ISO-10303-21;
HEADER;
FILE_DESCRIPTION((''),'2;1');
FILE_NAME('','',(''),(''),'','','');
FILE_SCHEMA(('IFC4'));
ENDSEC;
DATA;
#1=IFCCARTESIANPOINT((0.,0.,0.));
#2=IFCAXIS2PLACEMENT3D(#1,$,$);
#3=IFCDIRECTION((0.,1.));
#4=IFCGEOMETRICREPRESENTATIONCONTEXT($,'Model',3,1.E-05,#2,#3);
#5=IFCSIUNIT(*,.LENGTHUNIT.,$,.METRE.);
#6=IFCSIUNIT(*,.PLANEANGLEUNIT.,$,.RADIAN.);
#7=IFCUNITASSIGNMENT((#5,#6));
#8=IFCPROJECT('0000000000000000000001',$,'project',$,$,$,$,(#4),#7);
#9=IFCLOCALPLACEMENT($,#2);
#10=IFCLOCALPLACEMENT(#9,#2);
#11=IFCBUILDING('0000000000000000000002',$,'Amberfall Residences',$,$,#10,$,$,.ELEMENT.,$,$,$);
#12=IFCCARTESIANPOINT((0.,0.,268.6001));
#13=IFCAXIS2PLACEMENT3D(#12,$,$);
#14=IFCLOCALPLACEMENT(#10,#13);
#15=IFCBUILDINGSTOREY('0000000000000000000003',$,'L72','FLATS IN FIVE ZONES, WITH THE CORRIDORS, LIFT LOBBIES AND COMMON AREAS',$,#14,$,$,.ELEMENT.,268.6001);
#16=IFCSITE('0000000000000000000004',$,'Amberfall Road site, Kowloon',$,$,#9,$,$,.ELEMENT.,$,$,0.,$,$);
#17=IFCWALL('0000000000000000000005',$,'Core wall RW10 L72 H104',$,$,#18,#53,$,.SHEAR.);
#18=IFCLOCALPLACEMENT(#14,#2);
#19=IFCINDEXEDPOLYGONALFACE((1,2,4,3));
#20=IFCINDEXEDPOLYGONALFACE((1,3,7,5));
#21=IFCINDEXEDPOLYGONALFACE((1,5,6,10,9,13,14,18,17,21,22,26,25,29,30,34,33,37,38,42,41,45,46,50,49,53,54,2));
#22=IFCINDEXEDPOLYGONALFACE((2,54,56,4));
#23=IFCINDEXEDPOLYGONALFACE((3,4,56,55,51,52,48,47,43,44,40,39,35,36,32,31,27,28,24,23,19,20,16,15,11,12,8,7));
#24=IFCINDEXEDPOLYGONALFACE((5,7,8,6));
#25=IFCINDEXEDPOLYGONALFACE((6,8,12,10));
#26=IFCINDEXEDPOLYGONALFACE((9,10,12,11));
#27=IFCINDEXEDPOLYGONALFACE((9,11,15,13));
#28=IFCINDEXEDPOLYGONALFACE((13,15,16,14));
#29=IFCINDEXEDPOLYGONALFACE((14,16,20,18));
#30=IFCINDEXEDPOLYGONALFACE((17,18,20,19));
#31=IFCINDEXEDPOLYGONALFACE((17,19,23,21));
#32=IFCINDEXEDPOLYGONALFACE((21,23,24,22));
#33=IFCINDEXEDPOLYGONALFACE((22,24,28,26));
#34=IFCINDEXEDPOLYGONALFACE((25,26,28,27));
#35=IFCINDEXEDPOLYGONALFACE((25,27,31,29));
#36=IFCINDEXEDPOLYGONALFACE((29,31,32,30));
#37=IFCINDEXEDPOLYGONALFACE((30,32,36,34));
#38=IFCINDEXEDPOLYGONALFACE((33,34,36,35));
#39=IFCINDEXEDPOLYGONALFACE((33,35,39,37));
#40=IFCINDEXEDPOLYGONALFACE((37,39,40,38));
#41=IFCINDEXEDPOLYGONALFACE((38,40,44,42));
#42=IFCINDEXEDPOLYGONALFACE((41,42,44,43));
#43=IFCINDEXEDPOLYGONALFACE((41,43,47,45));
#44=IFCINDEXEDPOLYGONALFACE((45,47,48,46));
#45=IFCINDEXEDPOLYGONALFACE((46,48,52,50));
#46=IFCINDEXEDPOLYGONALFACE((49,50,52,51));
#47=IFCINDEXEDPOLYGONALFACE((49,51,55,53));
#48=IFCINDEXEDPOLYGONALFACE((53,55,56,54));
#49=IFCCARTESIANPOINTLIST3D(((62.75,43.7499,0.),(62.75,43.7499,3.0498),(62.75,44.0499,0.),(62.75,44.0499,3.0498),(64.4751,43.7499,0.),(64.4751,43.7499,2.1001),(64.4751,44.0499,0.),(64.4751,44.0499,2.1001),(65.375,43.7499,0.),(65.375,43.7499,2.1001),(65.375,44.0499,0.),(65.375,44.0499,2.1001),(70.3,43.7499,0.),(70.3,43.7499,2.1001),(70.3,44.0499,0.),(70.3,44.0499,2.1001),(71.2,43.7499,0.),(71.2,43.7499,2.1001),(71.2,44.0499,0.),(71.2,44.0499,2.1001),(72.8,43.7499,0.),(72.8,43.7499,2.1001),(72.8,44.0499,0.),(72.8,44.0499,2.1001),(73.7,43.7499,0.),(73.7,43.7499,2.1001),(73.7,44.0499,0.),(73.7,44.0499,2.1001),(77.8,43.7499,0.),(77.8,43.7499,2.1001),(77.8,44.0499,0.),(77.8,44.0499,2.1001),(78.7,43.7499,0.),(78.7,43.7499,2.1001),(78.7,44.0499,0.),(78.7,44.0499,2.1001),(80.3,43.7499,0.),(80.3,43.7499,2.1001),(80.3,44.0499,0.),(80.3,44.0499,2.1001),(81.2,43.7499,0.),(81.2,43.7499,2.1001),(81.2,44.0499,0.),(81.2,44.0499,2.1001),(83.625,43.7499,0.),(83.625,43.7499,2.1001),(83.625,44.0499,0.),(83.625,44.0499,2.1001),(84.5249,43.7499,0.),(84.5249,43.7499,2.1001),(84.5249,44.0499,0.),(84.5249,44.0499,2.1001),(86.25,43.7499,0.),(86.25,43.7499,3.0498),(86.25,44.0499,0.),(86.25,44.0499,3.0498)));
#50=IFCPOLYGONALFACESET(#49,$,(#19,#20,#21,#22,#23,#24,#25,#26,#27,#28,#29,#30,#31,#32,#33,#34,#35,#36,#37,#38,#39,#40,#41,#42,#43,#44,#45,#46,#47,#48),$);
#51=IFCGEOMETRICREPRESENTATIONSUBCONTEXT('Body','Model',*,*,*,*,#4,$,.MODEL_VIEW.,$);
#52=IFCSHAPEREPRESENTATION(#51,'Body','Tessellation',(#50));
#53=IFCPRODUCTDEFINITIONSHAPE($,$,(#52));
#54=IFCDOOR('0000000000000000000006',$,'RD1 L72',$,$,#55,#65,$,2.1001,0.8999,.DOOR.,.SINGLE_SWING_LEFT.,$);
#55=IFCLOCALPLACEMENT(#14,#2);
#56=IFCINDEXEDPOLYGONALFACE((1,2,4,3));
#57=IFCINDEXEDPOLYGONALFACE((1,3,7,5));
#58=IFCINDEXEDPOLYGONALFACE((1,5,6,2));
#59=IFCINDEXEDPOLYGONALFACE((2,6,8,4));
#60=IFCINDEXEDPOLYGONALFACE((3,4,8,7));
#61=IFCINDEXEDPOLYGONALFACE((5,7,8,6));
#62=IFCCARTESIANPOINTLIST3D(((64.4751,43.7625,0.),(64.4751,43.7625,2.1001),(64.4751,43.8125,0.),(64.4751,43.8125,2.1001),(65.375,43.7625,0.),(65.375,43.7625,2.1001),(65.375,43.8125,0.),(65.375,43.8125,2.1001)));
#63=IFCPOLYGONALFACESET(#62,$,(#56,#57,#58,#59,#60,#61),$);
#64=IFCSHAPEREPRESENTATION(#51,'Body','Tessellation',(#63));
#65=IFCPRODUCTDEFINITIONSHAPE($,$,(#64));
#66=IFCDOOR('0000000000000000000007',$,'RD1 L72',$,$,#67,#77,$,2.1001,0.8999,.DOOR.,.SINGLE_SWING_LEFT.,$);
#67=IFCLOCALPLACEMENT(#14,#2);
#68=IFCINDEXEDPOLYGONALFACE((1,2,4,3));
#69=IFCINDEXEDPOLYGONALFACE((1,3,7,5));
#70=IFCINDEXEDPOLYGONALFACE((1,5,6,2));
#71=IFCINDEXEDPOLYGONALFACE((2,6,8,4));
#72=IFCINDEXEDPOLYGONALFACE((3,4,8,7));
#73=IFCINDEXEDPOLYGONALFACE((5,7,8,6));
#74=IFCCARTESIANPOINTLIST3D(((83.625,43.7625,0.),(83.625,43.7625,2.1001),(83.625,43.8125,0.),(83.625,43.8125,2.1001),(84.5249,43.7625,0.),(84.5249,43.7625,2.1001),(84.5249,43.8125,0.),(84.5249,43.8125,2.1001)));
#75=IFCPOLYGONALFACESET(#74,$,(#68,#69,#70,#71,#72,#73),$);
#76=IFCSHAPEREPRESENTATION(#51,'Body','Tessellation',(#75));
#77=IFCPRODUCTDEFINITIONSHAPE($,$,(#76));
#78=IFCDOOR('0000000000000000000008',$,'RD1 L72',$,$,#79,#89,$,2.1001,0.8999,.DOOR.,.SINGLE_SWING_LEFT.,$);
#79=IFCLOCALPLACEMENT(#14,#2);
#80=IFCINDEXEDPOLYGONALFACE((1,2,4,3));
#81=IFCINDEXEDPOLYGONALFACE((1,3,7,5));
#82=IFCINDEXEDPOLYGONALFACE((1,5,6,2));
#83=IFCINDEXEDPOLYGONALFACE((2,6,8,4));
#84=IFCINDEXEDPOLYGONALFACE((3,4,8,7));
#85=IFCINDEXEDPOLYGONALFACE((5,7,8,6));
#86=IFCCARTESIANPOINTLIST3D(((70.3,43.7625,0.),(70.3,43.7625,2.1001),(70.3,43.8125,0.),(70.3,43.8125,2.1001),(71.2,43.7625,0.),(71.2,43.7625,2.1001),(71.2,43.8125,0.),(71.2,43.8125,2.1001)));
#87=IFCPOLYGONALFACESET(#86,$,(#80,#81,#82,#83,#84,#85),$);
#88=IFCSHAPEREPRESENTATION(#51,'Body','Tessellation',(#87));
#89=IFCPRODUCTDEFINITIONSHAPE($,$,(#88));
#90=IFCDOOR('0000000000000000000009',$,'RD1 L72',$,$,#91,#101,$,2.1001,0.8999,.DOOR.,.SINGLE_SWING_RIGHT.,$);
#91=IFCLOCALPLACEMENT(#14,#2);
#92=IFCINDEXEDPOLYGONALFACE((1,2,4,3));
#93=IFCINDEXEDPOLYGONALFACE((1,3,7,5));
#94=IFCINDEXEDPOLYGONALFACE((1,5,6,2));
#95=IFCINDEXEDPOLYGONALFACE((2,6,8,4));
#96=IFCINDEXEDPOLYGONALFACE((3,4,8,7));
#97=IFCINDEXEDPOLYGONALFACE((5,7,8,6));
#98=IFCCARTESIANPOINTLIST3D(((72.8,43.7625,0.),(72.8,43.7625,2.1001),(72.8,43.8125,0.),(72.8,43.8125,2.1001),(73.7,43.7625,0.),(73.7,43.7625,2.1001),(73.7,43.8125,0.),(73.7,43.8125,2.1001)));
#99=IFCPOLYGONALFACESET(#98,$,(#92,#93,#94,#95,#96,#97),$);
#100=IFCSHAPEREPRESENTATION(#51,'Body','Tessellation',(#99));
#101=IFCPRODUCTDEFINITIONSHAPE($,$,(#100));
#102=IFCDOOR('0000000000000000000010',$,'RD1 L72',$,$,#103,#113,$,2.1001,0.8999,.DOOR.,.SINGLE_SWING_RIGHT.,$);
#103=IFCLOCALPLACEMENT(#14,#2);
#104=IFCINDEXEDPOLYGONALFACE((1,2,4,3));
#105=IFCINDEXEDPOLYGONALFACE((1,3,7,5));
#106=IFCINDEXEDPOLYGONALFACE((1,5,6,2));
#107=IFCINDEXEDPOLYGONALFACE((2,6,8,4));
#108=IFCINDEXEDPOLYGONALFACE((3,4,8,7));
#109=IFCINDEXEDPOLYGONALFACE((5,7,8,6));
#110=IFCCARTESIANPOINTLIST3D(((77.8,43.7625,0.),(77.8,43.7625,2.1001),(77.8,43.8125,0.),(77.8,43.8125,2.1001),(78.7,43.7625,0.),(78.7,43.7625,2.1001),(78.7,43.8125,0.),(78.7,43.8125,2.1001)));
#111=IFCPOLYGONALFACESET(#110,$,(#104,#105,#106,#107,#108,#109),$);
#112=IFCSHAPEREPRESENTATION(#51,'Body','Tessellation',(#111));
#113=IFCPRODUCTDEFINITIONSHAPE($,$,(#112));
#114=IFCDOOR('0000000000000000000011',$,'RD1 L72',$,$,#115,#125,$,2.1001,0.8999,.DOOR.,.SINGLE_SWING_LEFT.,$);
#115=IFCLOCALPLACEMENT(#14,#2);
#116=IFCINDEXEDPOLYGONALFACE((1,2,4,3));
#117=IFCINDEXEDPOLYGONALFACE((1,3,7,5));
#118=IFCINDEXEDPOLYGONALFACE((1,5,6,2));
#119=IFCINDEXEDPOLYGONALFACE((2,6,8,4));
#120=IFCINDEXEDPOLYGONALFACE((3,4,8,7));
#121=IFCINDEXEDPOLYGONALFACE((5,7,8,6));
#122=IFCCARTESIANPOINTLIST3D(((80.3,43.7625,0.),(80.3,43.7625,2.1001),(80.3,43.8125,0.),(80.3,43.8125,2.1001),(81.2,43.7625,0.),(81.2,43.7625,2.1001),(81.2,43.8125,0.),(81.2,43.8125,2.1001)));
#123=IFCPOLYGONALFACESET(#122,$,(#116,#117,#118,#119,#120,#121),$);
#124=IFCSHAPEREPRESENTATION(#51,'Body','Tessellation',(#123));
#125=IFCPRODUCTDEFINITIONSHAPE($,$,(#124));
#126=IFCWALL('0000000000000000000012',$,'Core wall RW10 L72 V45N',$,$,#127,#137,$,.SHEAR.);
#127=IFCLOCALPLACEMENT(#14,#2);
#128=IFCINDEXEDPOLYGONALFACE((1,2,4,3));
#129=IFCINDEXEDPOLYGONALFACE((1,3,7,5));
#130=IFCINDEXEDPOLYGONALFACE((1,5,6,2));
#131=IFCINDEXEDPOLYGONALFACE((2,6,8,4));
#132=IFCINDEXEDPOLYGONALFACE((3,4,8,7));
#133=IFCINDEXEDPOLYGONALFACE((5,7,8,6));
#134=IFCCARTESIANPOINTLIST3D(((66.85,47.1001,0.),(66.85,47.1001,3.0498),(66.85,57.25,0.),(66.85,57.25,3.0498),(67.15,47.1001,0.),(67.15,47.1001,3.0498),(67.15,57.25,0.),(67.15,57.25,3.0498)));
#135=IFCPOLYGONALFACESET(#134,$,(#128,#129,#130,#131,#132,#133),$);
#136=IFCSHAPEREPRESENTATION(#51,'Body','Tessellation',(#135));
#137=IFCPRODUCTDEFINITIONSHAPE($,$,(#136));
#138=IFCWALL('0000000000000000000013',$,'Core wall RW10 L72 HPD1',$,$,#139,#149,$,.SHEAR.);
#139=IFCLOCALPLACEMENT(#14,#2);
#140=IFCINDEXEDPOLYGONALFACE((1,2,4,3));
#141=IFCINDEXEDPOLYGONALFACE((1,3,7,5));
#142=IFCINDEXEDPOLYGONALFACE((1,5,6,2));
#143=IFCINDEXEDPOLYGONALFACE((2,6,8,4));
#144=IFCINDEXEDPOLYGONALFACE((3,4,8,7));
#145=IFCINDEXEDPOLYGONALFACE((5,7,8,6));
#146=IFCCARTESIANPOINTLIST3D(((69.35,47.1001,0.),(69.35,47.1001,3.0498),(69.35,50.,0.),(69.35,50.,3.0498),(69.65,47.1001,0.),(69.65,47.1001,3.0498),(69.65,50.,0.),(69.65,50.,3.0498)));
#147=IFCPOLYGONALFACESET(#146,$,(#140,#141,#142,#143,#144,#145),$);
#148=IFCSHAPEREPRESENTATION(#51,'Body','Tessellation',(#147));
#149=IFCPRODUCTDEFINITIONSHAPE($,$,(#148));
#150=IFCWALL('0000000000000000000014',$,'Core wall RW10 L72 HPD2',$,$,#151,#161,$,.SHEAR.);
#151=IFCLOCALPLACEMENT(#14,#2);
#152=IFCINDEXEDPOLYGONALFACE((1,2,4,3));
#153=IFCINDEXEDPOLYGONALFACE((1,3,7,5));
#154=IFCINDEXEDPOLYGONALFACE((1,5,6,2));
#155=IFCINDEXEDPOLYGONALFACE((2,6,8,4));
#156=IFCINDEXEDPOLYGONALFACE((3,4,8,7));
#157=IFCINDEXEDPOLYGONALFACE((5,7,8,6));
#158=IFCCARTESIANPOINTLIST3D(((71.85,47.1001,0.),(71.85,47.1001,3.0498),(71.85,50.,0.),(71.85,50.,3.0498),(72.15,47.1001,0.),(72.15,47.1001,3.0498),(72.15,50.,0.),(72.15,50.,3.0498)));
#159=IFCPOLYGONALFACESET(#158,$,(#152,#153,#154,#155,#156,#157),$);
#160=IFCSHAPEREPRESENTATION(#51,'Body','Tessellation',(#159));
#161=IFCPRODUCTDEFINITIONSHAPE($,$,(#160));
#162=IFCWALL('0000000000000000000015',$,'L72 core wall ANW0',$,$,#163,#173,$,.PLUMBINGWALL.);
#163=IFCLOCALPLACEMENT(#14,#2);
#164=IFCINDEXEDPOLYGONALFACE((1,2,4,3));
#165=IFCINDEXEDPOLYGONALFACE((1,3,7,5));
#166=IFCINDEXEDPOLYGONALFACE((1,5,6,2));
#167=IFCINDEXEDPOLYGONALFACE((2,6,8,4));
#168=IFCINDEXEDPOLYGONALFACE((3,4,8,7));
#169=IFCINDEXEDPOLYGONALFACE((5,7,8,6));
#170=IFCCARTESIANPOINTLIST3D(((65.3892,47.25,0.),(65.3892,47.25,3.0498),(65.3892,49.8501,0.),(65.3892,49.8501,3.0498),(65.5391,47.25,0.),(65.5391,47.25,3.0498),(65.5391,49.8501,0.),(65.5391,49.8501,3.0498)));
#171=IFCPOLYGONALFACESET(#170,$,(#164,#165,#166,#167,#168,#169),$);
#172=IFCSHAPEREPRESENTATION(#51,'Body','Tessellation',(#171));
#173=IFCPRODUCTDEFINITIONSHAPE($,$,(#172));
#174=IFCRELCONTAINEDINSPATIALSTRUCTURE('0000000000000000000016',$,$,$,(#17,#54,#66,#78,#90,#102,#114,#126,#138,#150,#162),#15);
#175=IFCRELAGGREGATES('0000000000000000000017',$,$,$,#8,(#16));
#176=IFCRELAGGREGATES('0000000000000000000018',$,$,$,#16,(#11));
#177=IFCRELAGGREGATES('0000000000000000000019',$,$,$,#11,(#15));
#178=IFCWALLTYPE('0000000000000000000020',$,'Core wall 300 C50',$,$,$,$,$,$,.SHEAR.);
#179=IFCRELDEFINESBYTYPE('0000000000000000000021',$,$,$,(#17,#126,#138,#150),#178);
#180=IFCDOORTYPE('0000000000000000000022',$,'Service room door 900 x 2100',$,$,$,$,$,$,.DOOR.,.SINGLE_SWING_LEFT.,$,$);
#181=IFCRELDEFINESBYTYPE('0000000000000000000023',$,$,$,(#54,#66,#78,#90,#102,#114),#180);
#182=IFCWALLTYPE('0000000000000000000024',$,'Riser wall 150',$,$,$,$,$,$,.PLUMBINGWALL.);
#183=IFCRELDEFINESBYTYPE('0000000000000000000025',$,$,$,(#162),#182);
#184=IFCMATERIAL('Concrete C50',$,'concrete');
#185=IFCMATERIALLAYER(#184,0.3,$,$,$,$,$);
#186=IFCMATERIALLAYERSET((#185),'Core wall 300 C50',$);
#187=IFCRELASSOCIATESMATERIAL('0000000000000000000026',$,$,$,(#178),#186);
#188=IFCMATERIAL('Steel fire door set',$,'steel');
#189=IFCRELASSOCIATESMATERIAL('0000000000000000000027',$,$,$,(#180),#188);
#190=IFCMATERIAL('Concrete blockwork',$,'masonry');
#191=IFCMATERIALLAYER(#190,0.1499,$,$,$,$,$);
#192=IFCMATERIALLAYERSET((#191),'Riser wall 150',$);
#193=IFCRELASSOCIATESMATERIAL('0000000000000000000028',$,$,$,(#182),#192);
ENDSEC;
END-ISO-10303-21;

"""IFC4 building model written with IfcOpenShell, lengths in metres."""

from ifc_helpers import new_model, si_unit, direction, frame, frame_2d, origin, place, context, subcontext, project, spatial, rectangle, extrude, material, layer, layer_set, type_object, element, fill, save


model = new_model("IFC4")

# Units and contexts
model_context = context("Model", 3, precision=1e-05, world=origin(), true_north=direction((0.0, 1.0)))
body_context = subcontext(model_context, "Body", "Model", "MODEL_VIEW")
ifc_project = project(units=[si_unit("LENGTHUNIT", "METRE"), si_unit("PLANEANGLEUNIT", "RADIAN")], contexts=[model_context])

# Site, building, storey
site_placement = place(None, origin())
site = spatial("IfcSite", under=ifc_project, at=site_placement, Name="Amberfall Road site, Kowloon", CompositionType="ELEMENT", RefElevation=0.0)
building_placement = place(site_placement, origin())
building = spatial("IfcBuilding", under=site, at=building_placement, Name="Amberfall Residences", CompositionType="ELEMENT")
storey_placement = place(building_placement, frame((0.0, 0.0, 268.6001)))
storey = spatial("IfcBuildingStorey", under=building, at=storey_placement, Name="L72", Description="FLATS IN FIVE ZONES, WITH THE CORRIDORS, LIFT LOBBIES AND COMMON AREAS", CompositionType="ELEMENT", Elevation=268.6001)

# Wall, openings, doors
ifc_material_1 = material(Name="Concrete C50", Category="concrete")
ifc_layer_1 = layer(ifc_material_1, 0.3)
ifc_layer_set_1 = layer_set([ifc_layer_1], Name="Core wall 300 C50")
wall_type_1 = type_object("IfcWallType", Name="Core wall 300 C50", PredefinedType="SHEAR", material=ifc_layer_set_1)
wall_1_placement = place(storey_placement, frame((62.75, 43.8999, 0.0), z_axis=(0.0, 0.0, 1.0), x_axis=(1.0, 0.0, 0.0)))
wall_1 = element("IfcWall", 1, at=wall_1_placement, inside=storey, type_object=wall_type_1, Name="Core wall RW10 L72 H104", PredefinedType="SHEAR", context=body_context, shape_type="SweptSolid", body=[
    extrude(rectangle(XDim=23.5, YDim=0.3, at=frame_2d((11.75, 0.0))), origin(), (0.0, 0.0, 1.0), 3.0498),
])
opening_1_placement = place(wall_1_placement, frame((1.7251, 0.0, 0.0)))
opening_1 = element("IfcOpeningElement", 2, at=opening_1_placement, cuts=wall_1, PredefinedType="OPENING", context=body_context, shape_type="SweptSolid", body=[
    extrude(rectangle(XDim=0.8999, YDim=2.1001, at=frame_2d((0.45, 1.05))), frame((0.0, 0.1599, 0.0), z_axis=(0.0, -1.0, 0.0), x_axis=(1.0, 0.0, 0.0)), (0.0, 0.0, 1.0), 0.3201),
])
opening_2_placement = place(wall_1_placement, frame((20.875, 0.0, 0.0)))
opening_2 = element("IfcOpeningElement", 3, at=opening_2_placement, cuts=wall_1, PredefinedType="OPENING", context=body_context, shape_type="SweptSolid", body=[
    extrude(rectangle(XDim=0.8999, YDim=2.1001, at=frame_2d((0.45, 1.05))), frame((0.0, 0.1599, 0.0), z_axis=(0.0, -1.0, 0.0), x_axis=(1.0, 0.0, 0.0)), (0.0, 0.0, 1.0), 0.3201),
])
opening_3_placement = place(wall_1_placement, frame((7.55, 0.0, 0.0)))
opening_3 = element("IfcOpeningElement", 4, at=opening_3_placement, cuts=wall_1, PredefinedType="OPENING", context=body_context, shape_type="SweptSolid", body=[
    extrude(rectangle(XDim=0.8999, YDim=2.1001, at=frame_2d((0.45, 1.05))), frame((0.0, 0.1599, 0.0), z_axis=(0.0, -1.0, 0.0), x_axis=(1.0, 0.0, 0.0)), (0.0, 0.0, 1.0), 0.3201),
])
opening_4_placement = place(wall_1_placement, frame((10.05, 0.0, 0.0)))
opening_4 = element("IfcOpeningElement", 5, at=opening_4_placement, cuts=wall_1, PredefinedType="OPENING", context=body_context, shape_type="SweptSolid", body=[
    extrude(rectangle(XDim=0.8999, YDim=2.1001, at=frame_2d((0.45, 1.05))), frame((0.0, 0.1599, 0.0), z_axis=(0.0, -1.0, 0.0), x_axis=(1.0, 0.0, 0.0)), (0.0, 0.0, 1.0), 0.3201),
])
opening_5_placement = place(wall_1_placement, frame((15.05, 0.0, 0.0)))
opening_5 = element("IfcOpeningElement", 6, at=opening_5_placement, cuts=wall_1, PredefinedType="OPENING", context=body_context, shape_type="SweptSolid", body=[
    extrude(rectangle(XDim=0.8999, YDim=2.1001, at=frame_2d((0.45, 1.05))), frame((0.0, 0.1599, 0.0), z_axis=(0.0, -1.0, 0.0), x_axis=(1.0, 0.0, 0.0)), (0.0, 0.0, 1.0), 0.3201),
])
opening_6_placement = place(wall_1_placement, frame((17.55, 0.0, 0.0)))
opening_6 = element("IfcOpeningElement", 7, at=opening_6_placement, cuts=wall_1, PredefinedType="OPENING", context=body_context, shape_type="SweptSolid", body=[
    extrude(rectangle(XDim=0.8999, YDim=2.1001, at=frame_2d((0.45, 1.05))), frame((0.0, 0.1599, 0.0), z_axis=(0.0, -1.0, 0.0), x_axis=(1.0, 0.0, 0.0)), (0.0, 0.0, 1.0), 0.3201),
])
ifc_material_2 = material(Name="Steel fire door set", Category="steel")
door_type_1 = type_object("IfcDoorType", Name="Service room door 900 x 2100", OperationType="SINGLE_SWING_LEFT", PredefinedType="DOOR", material=ifc_material_2)
door_1_placement = place(opening_1_placement, origin())
door_1 = element("IfcDoor", 8, at=door_1_placement, inside=storey, type_object=door_type_1, Name="RD1 L72", OperationType="SINGLE_SWING_LEFT", OverallHeight=2.1001, OverallWidth=0.8999, PredefinedType="DOOR", context=body_context, shape_type="SweptSolid", body=[
    extrude(rectangle(XDim=0.8999, YDim=2.1001, at=frame_2d((0.45, 1.05))), frame((0.0, -0.0874, 0.0), z_axis=(0.0, -1.0, 0.0), x_axis=(1.0, 0.0, 0.0)), (0.0, 0.0, 1.0), 0.05),
])
fill(opening_1, door_1)
door_2_placement = place(opening_2_placement, origin())
door_2 = element("IfcDoor", 9, at=door_2_placement, inside=storey, type_object=door_type_1, Name="RD1 L72", OperationType="SINGLE_SWING_LEFT", OverallHeight=2.1001, OverallWidth=0.8999, PredefinedType="DOOR", context=body_context, shape_type="SweptSolid", body=[
    extrude(rectangle(XDim=0.8999, YDim=2.1001, at=frame_2d((0.45, 1.05))), frame((0.0, -0.0874, 0.0), z_axis=(0.0, -1.0, 0.0), x_axis=(1.0, 0.0, 0.0)), (0.0, 0.0, 1.0), 0.05),
])
fill(opening_2, door_2)
door_3_placement = place(opening_3_placement, origin())
door_3 = element("IfcDoor", 10, at=door_3_placement, inside=storey, type_object=door_type_1, Name="RD1 L72", OperationType="SINGLE_SWING_LEFT", OverallHeight=2.1001, OverallWidth=0.8999, PredefinedType="DOOR", context=body_context, shape_type="SweptSolid", body=[
    extrude(rectangle(XDim=0.8999, YDim=2.1001, at=frame_2d((0.45, 1.05))), frame((0.0, -0.0874, 0.0), z_axis=(0.0, -1.0, 0.0), x_axis=(1.0, 0.0, 0.0)), (0.0, 0.0, 1.0), 0.05),
])
fill(opening_3, door_3)
door_4_placement = place(opening_4_placement, origin())
door_4 = element("IfcDoor", 11, at=door_4_placement, inside=storey, type_object=door_type_1, Name="RD1 L72", OperationType="SINGLE_SWING_RIGHT", OverallHeight=2.1001, OverallWidth=0.8999, PredefinedType="DOOR", context=body_context, shape_type="SweptSolid", body=[
    extrude(rectangle(XDim=0.8999, YDim=2.1001, at=frame_2d((0.45, 1.05))), frame((0.0, -0.0874, 0.0), z_axis=(0.0, -1.0, 0.0), x_axis=(1.0, 0.0, 0.0)), (0.0, 0.0, 1.0), 0.05),
])
fill(opening_4, door_4)
door_5_placement = place(opening_5_placement, origin())
door_5 = element("IfcDoor", 12, at=door_5_placement, inside=storey, type_object=door_type_1, Name="RD1 L72", OperationType="SINGLE_SWING_RIGHT", OverallHeight=2.1001, OverallWidth=0.8999, PredefinedType="DOOR", context=body_context, shape_type="SweptSolid", body=[
    extrude(rectangle(XDim=0.8999, YDim=2.1001, at=frame_2d((0.45, 1.05))), frame((0.0, -0.0874, 0.0), z_axis=(0.0, -1.0, 0.0), x_axis=(1.0, 0.0, 0.0)), (0.0, 0.0, 1.0), 0.05),
])
fill(opening_5, door_5)
door_6_placement = place(opening_6_placement, origin())
door_6 = element("IfcDoor", 13, at=door_6_placement, inside=storey, type_object=door_type_1, Name="RD1 L72", OperationType="SINGLE_SWING_LEFT", OverallHeight=2.1001, OverallWidth=0.8999, PredefinedType="DOOR", context=body_context, shape_type="SweptSolid", body=[
    extrude(rectangle(XDim=0.8999, YDim=2.1001, at=frame_2d((0.45, 1.05))), frame((0.0, -0.0874, 0.0), z_axis=(0.0, -1.0, 0.0), x_axis=(1.0, 0.0, 0.0)), (0.0, 0.0, 1.0), 0.05),
])
fill(opening_6, door_6)

# Walls
wall_2_placement = place(storey_placement, frame((67.0, 47.1001, 0.0), z_axis=(0.0, 0.0, 1.0), x_axis=(0.0, 1.0, 0.0)))
element("IfcWall", 14, at=wall_2_placement, inside=storey, type_object=wall_type_1, Name="Core wall RW10 L72 V45N", PredefinedType="SHEAR", context=body_context, shape_type="SweptSolid", body=[
    extrude(rectangle(XDim=10.1499, YDim=0.3, at=frame_2d((5.075, 0.0))), origin(), (0.0, 0.0, 1.0), 3.0498),
])
for number, where, z_axis, x_axis, name in (
    (15, (69.5, 47.1001, 0.0), (0.0, 0.0, 1.0), (0.0, 1.0, 0.0), "Core wall RW10 L72 HPD1"),
    (16, (72.0, 47.1001, 0.0), (0.0, 0.0, 1.0), (0.0, 1.0, 0.0), "Core wall RW10 L72 HPD2"),
):
    element("IfcWall", number, at=place(storey_placement, frame(where, z_axis=z_axis, x_axis=x_axis)), inside=storey, type_object=wall_type_1, Name=name, PredefinedType="SHEAR", context=body_context, shape_type="SweptSolid", body=[
        extrude(rectangle(XDim=2.8999, YDim=0.3, at=frame_2d((1.45, 0.0))), origin(), (0.0, 0.0, 1.0), 3.0498),
    ])
ifc_material_3 = material(Name="Concrete blockwork", Category="masonry")
ifc_layer_2 = layer(ifc_material_3, 0.1499)
ifc_layer_set_2 = layer_set([ifc_layer_2], Name="Riser wall 150")
wall_type_2 = type_object("IfcWallType", Name="Riser wall 150", PredefinedType="PLUMBINGWALL", material=ifc_layer_set_2)
wall_3_placement = place(storey_placement, frame((65.4641, 47.25, 0.0), z_axis=(0.0, 0.0, 1.0), x_axis=(0.0, 1.0, 0.0)))
element("IfcWall", 17, at=wall_3_placement, inside=storey, type_object=wall_type_2, Name="L72 core wall ANW0", PredefinedType="PLUMBINGWALL", context=body_context, shape_type="SweptSolid", body=[
    extrude(rectangle(XDim=2.6001, YDim=0.1499, at=frame_2d((1.3, 0.0))), origin(), (0.0, 0.0, 1.0), 3.0498),
])

save(model, "model.ifc")
